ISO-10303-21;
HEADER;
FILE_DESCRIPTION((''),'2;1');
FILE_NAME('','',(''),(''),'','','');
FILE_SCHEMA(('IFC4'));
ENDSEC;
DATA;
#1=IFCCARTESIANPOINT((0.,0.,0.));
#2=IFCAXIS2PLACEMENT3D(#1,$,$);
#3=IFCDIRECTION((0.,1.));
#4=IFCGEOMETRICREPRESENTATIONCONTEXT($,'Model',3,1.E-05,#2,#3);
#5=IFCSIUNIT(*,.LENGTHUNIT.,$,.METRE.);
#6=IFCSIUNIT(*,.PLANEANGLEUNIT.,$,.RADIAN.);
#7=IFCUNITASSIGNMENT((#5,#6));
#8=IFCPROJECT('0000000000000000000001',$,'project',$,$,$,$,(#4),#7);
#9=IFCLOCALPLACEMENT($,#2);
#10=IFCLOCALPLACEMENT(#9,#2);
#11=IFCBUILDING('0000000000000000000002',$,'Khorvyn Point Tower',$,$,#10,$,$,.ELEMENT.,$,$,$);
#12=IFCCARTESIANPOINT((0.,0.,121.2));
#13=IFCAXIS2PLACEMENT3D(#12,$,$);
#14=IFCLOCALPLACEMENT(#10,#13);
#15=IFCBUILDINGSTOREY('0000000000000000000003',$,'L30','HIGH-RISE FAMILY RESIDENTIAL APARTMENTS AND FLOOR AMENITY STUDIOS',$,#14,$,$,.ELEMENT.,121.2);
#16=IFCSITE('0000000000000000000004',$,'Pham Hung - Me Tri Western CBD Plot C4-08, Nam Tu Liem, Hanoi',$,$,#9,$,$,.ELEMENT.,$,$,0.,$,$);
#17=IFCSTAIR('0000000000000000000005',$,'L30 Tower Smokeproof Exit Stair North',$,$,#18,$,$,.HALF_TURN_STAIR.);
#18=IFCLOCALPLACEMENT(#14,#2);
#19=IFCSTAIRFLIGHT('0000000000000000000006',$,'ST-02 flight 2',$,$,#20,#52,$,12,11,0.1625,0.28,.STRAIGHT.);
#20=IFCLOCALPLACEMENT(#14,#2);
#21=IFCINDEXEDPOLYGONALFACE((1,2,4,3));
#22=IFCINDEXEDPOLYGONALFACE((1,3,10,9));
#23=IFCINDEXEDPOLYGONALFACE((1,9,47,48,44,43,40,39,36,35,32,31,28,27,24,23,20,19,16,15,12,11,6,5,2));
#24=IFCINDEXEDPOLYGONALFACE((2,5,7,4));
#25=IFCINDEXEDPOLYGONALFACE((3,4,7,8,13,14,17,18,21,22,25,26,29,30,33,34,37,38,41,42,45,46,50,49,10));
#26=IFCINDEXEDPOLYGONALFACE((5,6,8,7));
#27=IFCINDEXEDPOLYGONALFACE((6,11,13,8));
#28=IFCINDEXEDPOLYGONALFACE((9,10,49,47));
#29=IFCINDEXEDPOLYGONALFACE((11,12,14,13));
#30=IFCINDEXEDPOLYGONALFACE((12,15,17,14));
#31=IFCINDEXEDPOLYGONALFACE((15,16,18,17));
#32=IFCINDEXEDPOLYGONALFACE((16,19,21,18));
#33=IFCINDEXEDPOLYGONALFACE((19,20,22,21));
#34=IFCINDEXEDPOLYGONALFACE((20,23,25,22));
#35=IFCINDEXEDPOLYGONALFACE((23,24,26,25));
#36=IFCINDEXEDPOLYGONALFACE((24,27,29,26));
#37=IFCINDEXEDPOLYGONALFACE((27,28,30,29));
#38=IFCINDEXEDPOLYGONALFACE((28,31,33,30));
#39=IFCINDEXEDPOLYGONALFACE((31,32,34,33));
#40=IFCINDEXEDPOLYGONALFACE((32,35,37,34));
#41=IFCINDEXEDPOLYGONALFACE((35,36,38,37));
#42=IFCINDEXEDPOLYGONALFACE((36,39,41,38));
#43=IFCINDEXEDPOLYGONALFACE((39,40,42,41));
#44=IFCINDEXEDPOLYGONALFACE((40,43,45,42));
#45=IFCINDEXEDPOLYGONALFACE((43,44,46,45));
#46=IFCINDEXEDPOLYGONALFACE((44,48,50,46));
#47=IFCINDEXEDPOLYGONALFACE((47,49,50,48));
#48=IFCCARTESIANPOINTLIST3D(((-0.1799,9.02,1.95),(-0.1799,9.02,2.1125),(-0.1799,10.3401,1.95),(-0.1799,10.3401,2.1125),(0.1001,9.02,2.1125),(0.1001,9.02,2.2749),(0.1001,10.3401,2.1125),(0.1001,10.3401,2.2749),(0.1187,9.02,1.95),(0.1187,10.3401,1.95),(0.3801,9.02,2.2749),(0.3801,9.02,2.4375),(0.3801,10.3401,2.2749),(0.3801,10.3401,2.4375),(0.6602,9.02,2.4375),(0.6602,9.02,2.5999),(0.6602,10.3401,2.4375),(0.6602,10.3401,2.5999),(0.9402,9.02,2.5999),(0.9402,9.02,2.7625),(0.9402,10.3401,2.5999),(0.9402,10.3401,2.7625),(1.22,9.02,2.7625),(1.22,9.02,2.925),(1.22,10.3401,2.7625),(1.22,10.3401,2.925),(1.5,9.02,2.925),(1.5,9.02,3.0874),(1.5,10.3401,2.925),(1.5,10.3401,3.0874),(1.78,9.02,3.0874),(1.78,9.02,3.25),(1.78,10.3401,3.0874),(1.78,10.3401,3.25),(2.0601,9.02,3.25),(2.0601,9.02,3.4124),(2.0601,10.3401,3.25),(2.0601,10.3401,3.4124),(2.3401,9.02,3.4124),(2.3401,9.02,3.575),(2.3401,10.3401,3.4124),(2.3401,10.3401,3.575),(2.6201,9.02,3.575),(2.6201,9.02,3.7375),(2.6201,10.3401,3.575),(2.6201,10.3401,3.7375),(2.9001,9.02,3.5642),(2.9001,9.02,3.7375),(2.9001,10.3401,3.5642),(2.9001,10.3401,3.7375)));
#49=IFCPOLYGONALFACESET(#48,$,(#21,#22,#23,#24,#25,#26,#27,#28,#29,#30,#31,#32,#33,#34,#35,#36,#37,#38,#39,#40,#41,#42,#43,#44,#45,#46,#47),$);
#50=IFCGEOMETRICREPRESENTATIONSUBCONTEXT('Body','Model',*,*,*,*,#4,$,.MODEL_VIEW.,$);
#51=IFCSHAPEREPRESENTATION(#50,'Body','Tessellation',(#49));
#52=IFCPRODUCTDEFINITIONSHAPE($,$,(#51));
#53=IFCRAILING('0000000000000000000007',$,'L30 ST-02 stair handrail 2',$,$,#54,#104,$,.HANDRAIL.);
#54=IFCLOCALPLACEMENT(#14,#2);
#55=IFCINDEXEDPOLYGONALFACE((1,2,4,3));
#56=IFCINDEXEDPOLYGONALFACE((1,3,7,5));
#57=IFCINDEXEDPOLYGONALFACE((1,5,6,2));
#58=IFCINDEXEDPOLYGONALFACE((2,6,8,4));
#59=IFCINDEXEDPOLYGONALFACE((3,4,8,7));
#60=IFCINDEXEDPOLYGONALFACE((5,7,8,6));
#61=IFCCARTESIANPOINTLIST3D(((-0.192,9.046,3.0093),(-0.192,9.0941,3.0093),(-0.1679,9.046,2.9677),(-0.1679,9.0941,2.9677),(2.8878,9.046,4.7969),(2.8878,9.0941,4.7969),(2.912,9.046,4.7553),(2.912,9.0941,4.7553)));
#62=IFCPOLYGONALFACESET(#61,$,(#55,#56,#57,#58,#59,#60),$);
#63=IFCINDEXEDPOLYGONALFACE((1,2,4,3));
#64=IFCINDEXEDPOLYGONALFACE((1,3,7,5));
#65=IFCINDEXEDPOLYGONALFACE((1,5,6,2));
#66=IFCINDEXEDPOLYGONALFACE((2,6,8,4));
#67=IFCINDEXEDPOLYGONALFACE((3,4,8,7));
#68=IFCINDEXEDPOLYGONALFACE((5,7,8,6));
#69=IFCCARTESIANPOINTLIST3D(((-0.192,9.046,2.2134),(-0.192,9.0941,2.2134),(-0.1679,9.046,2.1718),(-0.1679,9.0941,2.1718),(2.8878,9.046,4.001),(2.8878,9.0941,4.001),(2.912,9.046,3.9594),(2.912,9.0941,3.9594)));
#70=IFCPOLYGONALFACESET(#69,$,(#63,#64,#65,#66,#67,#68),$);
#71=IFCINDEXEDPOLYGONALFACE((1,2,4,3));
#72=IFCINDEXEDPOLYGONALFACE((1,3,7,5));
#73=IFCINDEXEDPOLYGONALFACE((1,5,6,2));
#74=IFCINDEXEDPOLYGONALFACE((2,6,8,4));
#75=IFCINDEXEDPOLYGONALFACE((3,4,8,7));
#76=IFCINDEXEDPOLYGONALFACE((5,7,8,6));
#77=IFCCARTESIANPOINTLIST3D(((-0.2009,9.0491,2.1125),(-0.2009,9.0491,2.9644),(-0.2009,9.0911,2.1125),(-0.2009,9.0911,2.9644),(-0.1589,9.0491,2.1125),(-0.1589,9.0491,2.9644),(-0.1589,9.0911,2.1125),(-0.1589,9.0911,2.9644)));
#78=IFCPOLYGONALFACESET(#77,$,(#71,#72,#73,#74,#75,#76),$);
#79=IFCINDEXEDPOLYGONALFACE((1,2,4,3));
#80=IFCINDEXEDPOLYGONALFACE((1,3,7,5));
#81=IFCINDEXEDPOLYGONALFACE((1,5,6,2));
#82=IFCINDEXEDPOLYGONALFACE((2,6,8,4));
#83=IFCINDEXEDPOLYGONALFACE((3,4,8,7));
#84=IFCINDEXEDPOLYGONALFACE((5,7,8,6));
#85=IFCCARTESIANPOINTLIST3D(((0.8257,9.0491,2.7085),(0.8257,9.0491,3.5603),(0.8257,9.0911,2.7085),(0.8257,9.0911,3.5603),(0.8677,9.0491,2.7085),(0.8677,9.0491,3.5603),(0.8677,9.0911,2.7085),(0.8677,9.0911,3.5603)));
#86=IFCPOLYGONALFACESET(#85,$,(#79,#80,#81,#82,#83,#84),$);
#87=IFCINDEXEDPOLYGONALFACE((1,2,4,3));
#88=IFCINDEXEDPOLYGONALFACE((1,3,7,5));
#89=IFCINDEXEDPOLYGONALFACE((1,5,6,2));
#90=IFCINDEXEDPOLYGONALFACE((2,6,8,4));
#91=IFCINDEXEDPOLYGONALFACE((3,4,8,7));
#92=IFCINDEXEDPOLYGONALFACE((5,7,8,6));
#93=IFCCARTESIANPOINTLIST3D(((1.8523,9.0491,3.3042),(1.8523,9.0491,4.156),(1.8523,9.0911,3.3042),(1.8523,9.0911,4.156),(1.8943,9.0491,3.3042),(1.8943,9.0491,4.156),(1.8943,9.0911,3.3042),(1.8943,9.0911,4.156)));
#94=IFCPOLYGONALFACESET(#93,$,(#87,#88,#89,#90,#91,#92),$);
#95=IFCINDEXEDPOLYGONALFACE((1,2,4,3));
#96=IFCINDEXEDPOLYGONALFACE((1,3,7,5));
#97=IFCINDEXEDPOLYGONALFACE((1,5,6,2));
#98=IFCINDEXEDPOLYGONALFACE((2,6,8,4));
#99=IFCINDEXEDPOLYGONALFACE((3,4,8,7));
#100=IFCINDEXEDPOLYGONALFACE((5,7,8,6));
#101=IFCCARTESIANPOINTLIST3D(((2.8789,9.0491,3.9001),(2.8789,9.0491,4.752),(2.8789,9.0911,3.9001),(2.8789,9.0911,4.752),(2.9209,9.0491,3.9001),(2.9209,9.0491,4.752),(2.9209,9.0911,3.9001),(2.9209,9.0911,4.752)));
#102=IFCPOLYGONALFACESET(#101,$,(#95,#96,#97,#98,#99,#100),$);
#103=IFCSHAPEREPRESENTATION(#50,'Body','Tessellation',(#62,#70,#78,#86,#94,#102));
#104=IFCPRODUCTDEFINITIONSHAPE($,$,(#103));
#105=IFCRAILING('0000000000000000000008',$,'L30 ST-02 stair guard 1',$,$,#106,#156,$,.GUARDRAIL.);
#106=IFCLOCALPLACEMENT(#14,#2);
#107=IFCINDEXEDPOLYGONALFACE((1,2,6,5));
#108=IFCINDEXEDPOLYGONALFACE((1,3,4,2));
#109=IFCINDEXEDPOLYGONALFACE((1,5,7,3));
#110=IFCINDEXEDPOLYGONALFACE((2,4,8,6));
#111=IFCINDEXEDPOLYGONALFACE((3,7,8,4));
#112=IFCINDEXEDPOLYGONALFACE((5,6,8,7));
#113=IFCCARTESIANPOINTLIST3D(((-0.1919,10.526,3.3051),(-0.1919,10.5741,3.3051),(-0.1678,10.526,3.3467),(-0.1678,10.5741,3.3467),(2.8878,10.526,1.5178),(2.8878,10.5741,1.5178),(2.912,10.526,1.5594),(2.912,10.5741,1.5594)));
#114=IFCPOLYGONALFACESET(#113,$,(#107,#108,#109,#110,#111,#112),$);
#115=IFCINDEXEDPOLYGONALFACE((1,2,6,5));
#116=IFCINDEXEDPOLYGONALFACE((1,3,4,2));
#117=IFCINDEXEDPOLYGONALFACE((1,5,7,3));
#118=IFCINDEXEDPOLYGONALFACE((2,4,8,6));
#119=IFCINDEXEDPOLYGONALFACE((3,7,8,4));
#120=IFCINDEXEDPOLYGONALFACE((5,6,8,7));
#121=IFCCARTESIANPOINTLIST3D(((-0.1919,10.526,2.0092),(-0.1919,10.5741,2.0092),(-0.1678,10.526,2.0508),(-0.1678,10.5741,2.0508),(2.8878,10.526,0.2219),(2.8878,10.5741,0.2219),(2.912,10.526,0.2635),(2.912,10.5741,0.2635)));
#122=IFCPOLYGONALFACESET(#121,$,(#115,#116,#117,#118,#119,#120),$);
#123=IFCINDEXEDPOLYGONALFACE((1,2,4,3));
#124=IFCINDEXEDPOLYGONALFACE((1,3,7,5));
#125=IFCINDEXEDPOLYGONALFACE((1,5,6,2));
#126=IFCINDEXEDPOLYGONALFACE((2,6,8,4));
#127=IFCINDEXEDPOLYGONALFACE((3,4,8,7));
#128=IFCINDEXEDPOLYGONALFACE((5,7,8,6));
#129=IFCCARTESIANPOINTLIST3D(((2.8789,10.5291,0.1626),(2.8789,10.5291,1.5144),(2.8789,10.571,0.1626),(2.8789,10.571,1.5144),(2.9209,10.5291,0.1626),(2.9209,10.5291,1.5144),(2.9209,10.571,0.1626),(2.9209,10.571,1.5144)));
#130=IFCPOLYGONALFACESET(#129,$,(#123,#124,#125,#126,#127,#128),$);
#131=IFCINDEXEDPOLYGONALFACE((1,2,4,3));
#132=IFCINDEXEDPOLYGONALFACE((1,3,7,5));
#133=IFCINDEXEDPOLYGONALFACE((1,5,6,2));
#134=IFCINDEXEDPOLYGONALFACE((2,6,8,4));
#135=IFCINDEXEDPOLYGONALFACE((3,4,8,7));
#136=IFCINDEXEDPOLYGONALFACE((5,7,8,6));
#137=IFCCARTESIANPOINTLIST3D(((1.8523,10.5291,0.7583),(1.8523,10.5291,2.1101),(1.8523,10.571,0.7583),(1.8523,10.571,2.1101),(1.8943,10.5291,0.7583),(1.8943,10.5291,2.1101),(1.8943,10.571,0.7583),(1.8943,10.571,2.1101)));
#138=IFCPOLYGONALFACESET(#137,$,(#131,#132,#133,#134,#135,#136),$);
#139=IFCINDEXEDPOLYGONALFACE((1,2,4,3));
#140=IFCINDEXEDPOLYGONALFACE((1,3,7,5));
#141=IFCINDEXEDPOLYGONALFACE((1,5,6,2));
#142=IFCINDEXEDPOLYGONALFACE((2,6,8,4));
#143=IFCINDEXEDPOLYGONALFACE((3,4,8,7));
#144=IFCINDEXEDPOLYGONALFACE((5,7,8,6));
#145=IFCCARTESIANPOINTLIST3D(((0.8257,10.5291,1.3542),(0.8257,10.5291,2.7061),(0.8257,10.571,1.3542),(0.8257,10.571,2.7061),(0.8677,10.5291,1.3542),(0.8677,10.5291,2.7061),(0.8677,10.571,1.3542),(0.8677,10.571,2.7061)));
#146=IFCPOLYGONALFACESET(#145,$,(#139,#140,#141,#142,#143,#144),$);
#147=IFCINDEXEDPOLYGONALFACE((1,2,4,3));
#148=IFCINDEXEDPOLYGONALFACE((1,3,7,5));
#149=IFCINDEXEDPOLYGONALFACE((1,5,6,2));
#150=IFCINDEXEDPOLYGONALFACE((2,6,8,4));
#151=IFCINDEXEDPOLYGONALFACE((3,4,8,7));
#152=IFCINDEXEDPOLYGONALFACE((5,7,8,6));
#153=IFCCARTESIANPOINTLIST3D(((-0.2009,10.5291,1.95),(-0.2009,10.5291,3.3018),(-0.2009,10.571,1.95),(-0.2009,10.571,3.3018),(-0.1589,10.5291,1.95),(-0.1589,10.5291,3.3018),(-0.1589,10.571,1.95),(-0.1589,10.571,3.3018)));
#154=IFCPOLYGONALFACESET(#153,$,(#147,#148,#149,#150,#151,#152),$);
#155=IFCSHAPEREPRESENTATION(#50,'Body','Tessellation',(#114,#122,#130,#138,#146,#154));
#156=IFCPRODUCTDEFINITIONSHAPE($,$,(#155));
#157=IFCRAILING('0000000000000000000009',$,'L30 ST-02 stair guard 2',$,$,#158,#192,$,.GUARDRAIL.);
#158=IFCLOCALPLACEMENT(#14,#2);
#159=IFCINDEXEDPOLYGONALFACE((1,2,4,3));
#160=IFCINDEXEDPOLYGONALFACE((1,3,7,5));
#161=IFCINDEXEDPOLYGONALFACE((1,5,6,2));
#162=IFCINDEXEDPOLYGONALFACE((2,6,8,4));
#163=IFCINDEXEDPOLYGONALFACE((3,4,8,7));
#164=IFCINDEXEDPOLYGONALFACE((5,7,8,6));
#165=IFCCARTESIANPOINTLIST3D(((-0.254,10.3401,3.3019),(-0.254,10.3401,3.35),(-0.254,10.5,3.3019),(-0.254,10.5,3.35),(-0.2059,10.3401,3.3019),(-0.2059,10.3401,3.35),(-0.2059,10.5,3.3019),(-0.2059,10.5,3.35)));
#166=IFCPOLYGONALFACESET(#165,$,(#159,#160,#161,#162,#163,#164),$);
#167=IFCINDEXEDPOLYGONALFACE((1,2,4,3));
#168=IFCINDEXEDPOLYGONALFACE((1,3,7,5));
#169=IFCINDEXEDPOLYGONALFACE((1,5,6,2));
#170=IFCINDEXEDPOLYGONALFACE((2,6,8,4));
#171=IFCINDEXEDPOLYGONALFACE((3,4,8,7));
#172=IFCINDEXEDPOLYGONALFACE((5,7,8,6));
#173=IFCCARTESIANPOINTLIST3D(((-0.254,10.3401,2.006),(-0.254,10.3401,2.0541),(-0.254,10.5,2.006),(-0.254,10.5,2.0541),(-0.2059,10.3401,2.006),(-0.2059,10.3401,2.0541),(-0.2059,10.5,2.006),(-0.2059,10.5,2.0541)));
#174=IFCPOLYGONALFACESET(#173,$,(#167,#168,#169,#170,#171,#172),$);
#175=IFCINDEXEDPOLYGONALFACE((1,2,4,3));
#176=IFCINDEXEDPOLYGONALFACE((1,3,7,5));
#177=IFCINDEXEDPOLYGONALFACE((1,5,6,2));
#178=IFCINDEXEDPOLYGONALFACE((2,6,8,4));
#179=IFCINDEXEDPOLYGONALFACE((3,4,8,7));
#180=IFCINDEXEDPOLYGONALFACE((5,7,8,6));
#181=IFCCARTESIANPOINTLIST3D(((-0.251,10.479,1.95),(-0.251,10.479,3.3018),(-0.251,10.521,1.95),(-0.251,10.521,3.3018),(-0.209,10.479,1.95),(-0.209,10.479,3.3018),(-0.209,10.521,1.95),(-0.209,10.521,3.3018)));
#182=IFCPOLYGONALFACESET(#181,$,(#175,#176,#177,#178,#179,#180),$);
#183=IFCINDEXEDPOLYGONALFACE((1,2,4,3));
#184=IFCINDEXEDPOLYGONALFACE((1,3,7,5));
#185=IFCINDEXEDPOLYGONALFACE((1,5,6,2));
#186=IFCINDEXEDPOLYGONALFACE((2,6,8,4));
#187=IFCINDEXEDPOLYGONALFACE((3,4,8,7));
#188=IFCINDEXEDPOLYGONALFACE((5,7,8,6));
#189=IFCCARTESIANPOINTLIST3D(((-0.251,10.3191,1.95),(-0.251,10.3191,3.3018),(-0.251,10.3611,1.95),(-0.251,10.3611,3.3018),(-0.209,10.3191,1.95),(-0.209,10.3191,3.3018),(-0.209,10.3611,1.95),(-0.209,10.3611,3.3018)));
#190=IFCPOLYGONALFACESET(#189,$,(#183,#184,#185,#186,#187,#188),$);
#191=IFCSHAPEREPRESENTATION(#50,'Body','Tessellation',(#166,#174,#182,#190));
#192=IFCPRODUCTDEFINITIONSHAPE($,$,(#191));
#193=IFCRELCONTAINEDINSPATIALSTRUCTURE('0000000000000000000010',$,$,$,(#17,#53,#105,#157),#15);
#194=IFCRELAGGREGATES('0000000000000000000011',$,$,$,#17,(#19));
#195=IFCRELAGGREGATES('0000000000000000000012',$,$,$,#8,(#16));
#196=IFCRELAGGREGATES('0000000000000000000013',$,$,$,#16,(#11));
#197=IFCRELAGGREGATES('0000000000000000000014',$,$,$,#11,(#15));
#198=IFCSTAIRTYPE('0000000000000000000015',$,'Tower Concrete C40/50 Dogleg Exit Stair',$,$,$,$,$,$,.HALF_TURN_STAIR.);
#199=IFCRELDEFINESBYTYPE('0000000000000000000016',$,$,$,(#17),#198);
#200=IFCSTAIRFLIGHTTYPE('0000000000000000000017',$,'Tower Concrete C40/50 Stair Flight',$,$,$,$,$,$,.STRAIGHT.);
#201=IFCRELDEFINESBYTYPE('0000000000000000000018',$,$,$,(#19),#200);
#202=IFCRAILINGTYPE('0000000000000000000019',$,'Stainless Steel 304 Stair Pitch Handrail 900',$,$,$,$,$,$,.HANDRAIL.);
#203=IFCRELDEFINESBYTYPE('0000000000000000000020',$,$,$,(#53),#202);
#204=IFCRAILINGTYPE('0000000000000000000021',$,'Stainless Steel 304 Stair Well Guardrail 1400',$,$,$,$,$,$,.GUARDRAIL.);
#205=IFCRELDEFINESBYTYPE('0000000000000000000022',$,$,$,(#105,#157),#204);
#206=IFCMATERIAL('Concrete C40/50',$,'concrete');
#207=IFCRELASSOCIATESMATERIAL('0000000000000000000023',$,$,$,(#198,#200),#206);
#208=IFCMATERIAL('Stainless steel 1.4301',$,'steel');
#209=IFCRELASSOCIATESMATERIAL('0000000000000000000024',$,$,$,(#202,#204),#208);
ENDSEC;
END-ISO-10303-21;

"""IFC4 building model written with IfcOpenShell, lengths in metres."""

from ifc_helpers import new_model, si_unit, direction, frame, origin, origin_2d, place, context, subcontext, project, spatial, polyline, rectangle, outline, extrude, material, type_object, element, aggregate, save


model = new_model("IFC4")

# Units and contexts
model_context = context("Model", 3, precision=1e-05, world=origin(), true_north=direction((0.0, 1.0)))
body_context = subcontext(model_context, "Body", "Model", "MODEL_VIEW")
ifc_project = project(units=[si_unit("LENGTHUNIT", "METRE"), si_unit("PLANEANGLEUNIT", "RADIAN")], contexts=[model_context])

# Site, building, storey
site_placement = place(None, origin())
site = spatial("IfcSite", under=ifc_project, at=site_placement, Name="Pham Hung - Me Tri Western CBD Plot C4-08, Nam Tu Liem, Hanoi", CompositionType="ELEMENT", RefElevation=0.0)
building_placement = place(site_placement, origin())
building = spatial("IfcBuilding", under=site, at=building_placement, Name="Khorvyn Point Tower", CompositionType="ELEMENT")
storey_placement = place(building_placement, frame((0.0, 0.0, 121.2)))
storey = spatial("IfcBuildingStorey", under=building, at=storey_placement, Name="L30", Description="HIGH-RISE FAMILY RESIDENTIAL APARTMENTS AND FLOOR AMENITY STUDIOS", CompositionType="ELEMENT", Elevation=121.2)

# Shared definitions
ifc_material_1 = material(Name="Concrete C40/50", Category="concrete")

# Stair, stair flight
stair_type = type_object("IfcStairType", Name="Tower Concrete C40/50 Dogleg Exit Stair", PredefinedType="HALF_TURN_STAIR", material=ifc_material_1)
stair_placement = place(storey_placement, origin())
stair = element("IfcStair", 1, at=stair_placement, inside=storey, type_object=stair_type, Name="L30 Tower Smokeproof Exit Stair North", PredefinedType="HALF_TURN_STAIR")
stair_flight_type = type_object("IfcStairFlightType", Name="Tower Concrete C40/50 Stair Flight", PredefinedType="STRAIGHT", material=ifc_material_1)
stair_flight_placement = place(storey_placement, frame((-0.1799, 9.6799, 1.95), z_axis=(0.0, 0.0, 1.0), x_axis=(1.0, 0.0, 0.0)))
stair_flight = element("IfcStairFlight", 2, at=stair_flight_placement, type_object=stair_flight_type, Name="ST-02 flight 2", NumberOfRisers=12, NumberOfTreads=11, PredefinedType="STRAIGHT", RiserHeight=0.1625, TreadLength=0.28, context=body_context, shape_type="SweptSolid", body=[
    extrude(outline(polyline([(0.0, 0.0), (0.0, 0.1626), (0.28, 0.1626), (0.28, 0.325), (0.5601, 0.325), (0.5601, 0.4875), (0.8401, 0.4875), (0.8401, 0.6499), (1.1201, 0.6499), (1.1201, 0.8125), (1.3999, 0.8125), (1.3999, 0.9751), (1.6799, 0.9751), (1.6799, 1.1375), (1.96, 1.1375), (1.96, 1.3), (2.24, 1.3), (2.24, 1.4624), (2.52, 1.4624), (2.52, 1.625), (2.8, 1.625), (2.8, 1.7876), (3.0801, 1.7876), (3.0801, 1.95), (3.0801, 1.6143), (0.2986, 0.0), (0.0, 0.0)])), frame((0.0, 0.6602, 0.0), z_axis=(0.0, -1.0, 0.0), x_axis=(1.0, 0.0, 0.0)), (0.0, 0.0, 1.0), 1.3201),
])
aggregate(stair, [stair_flight])

# Railings
ifc_material_2 = material(Name="Stainless steel 1.4301", Category="steel")
railing_type_1 = type_object("IfcRailingType", Name="Stainless Steel 304 Stair Pitch Handrail 900", PredefinedType="HANDRAIL", material=ifc_material_2)
railing_1_placement = place(storey_placement, frame((-0.1799, 9.0701, 2.1125)))
element("IfcRailing", 3, at=railing_1_placement, inside=storey, type_object=railing_type_1, Name="L30 ST-02 stair handrail 2", PredefinedType="HANDRAIL", context=body_context, shape_type="SweptSolid", body=[
    extrude(rectangle(XDim=0.0481, YDim=0.0481, at=origin_2d()), frame((0.0, 0.0, 0.876), z_axis=(0.864873, 0.0, 0.50199), x_axis=(0.0, 1.0, 0.0)), (0.0, 0.0, 1.0), 3.561),
    extrude(rectangle(XDim=0.0481, YDim=0.0481, at=origin_2d()), frame((0.0, 0.0, 0.0801), z_axis=(0.864873, 0.0, 0.50199), x_axis=(0.0, 1.0, 0.0)), (0.0, 0.0, 1.0), 3.561),
    extrude(rectangle(XDim=0.042, YDim=0.042, at=origin_2d()), origin(), (0.0, 0.0, 1.0), 0.8518),
    extrude(rectangle(XDim=0.042, YDim=0.042, at=origin_2d()), frame((1.0266, 0.0, 0.5959)), (0.0, 0.0, 1.0), 0.8518),
    extrude(rectangle(XDim=0.042, YDim=0.042, at=origin_2d()), frame((2.0532, 0.0, 1.1917)), (0.0, 0.0, 1.0), 0.8518),
    extrude(rectangle(XDim=0.042, YDim=0.042, at=origin_2d()), frame((3.0798, 0.0, 1.7876)), (0.0, 0.0, 1.0), 0.8518),
])
railing_type_2 = type_object("IfcRailingType", Name="Stainless Steel 304 Stair Well Guardrail 1400", PredefinedType="GUARDRAIL", material=ifc_material_2)
railing_2_placement = place(storey_placement, frame((2.8999, 10.55, 0.1626)))
element("IfcRailing", 4, at=railing_2_placement, inside=storey, type_object=railing_type_2, Name="L30 ST-02 stair guard 1", PredefinedType="GUARDRAIL", context=body_context, shape_type="SweptSolid", body=[
    extrude(rectangle(XDim=0.0481, YDim=0.0481, at=origin_2d()), frame((0.0, 0.0, 1.376), z_axis=(-0.864903, 0.0, 0.501939), x_axis=(0.0, -1.0, 0.0)), (0.0, 0.0, 1.0), 3.5608),
    extrude(rectangle(XDim=0.0481, YDim=0.0481, at=origin_2d()), frame((0.0, 0.0, 0.0801), z_axis=(-0.864903, 0.0, 0.501939), x_axis=(0.0, -1.0, 0.0)), (0.0, 0.0, 1.0), 3.5608),
    extrude(rectangle(XDim=0.042, YDim=0.042, at=origin_2d()), origin(), (0.0, 0.0, 1.0), 1.3518),
    extrude(rectangle(XDim=0.042, YDim=0.042, at=origin_2d()), frame((-1.0266, 0.0, 0.5957)), (0.0, 0.0, 1.0), 1.3518),
    extrude(rectangle(XDim=0.042, YDim=0.042, at=origin_2d()), frame((-2.0532, 0.0, 1.1917)), (0.0, 0.0, 1.0), 1.3518),
    extrude(rectangle(XDim=0.042, YDim=0.042, at=origin_2d()), frame((-3.0798, 0.0, 1.7874)), (0.0, 0.0, 1.0), 1.3518),
])
railing_3_placement = place(storey_placement, frame((-0.23, 10.5, 1.95)))
element("IfcRailing", 5, at=railing_3_placement, inside=storey, type_object=railing_type_2, Name="L30 ST-02 stair guard 2", PredefinedType="GUARDRAIL", context=body_context, shape_type="SweptSolid", body=[
    extrude(rectangle(XDim=0.0481, YDim=0.0481, at=origin_2d()), frame((0.0, 0.0, 1.376), z_axis=(0.0, -1.0, 0.0), x_axis=(1.0, 0.0, 0.0)), (0.0, 0.0, 1.0), 0.1599),
    extrude(rectangle(XDim=0.0481, YDim=0.0481, at=origin_2d()), frame((0.0, 0.0, 0.0801), z_axis=(0.0, -1.0, 0.0), x_axis=(1.0, 0.0, 0.0)), (0.0, 0.0, 1.0), 0.1599),
    extrude(rectangle(XDim=0.042, YDim=0.042, at=origin_2d()), origin(), (0.0, 0.0, 1.0), 1.3518),
    extrude(rectangle(XDim=0.042, YDim=0.042, at=origin_2d()), frame((0.0, -0.1599, 0.0)), (0.0, 0.0, 1.0), 1.3518),
])

save(model, "model.ifc")
